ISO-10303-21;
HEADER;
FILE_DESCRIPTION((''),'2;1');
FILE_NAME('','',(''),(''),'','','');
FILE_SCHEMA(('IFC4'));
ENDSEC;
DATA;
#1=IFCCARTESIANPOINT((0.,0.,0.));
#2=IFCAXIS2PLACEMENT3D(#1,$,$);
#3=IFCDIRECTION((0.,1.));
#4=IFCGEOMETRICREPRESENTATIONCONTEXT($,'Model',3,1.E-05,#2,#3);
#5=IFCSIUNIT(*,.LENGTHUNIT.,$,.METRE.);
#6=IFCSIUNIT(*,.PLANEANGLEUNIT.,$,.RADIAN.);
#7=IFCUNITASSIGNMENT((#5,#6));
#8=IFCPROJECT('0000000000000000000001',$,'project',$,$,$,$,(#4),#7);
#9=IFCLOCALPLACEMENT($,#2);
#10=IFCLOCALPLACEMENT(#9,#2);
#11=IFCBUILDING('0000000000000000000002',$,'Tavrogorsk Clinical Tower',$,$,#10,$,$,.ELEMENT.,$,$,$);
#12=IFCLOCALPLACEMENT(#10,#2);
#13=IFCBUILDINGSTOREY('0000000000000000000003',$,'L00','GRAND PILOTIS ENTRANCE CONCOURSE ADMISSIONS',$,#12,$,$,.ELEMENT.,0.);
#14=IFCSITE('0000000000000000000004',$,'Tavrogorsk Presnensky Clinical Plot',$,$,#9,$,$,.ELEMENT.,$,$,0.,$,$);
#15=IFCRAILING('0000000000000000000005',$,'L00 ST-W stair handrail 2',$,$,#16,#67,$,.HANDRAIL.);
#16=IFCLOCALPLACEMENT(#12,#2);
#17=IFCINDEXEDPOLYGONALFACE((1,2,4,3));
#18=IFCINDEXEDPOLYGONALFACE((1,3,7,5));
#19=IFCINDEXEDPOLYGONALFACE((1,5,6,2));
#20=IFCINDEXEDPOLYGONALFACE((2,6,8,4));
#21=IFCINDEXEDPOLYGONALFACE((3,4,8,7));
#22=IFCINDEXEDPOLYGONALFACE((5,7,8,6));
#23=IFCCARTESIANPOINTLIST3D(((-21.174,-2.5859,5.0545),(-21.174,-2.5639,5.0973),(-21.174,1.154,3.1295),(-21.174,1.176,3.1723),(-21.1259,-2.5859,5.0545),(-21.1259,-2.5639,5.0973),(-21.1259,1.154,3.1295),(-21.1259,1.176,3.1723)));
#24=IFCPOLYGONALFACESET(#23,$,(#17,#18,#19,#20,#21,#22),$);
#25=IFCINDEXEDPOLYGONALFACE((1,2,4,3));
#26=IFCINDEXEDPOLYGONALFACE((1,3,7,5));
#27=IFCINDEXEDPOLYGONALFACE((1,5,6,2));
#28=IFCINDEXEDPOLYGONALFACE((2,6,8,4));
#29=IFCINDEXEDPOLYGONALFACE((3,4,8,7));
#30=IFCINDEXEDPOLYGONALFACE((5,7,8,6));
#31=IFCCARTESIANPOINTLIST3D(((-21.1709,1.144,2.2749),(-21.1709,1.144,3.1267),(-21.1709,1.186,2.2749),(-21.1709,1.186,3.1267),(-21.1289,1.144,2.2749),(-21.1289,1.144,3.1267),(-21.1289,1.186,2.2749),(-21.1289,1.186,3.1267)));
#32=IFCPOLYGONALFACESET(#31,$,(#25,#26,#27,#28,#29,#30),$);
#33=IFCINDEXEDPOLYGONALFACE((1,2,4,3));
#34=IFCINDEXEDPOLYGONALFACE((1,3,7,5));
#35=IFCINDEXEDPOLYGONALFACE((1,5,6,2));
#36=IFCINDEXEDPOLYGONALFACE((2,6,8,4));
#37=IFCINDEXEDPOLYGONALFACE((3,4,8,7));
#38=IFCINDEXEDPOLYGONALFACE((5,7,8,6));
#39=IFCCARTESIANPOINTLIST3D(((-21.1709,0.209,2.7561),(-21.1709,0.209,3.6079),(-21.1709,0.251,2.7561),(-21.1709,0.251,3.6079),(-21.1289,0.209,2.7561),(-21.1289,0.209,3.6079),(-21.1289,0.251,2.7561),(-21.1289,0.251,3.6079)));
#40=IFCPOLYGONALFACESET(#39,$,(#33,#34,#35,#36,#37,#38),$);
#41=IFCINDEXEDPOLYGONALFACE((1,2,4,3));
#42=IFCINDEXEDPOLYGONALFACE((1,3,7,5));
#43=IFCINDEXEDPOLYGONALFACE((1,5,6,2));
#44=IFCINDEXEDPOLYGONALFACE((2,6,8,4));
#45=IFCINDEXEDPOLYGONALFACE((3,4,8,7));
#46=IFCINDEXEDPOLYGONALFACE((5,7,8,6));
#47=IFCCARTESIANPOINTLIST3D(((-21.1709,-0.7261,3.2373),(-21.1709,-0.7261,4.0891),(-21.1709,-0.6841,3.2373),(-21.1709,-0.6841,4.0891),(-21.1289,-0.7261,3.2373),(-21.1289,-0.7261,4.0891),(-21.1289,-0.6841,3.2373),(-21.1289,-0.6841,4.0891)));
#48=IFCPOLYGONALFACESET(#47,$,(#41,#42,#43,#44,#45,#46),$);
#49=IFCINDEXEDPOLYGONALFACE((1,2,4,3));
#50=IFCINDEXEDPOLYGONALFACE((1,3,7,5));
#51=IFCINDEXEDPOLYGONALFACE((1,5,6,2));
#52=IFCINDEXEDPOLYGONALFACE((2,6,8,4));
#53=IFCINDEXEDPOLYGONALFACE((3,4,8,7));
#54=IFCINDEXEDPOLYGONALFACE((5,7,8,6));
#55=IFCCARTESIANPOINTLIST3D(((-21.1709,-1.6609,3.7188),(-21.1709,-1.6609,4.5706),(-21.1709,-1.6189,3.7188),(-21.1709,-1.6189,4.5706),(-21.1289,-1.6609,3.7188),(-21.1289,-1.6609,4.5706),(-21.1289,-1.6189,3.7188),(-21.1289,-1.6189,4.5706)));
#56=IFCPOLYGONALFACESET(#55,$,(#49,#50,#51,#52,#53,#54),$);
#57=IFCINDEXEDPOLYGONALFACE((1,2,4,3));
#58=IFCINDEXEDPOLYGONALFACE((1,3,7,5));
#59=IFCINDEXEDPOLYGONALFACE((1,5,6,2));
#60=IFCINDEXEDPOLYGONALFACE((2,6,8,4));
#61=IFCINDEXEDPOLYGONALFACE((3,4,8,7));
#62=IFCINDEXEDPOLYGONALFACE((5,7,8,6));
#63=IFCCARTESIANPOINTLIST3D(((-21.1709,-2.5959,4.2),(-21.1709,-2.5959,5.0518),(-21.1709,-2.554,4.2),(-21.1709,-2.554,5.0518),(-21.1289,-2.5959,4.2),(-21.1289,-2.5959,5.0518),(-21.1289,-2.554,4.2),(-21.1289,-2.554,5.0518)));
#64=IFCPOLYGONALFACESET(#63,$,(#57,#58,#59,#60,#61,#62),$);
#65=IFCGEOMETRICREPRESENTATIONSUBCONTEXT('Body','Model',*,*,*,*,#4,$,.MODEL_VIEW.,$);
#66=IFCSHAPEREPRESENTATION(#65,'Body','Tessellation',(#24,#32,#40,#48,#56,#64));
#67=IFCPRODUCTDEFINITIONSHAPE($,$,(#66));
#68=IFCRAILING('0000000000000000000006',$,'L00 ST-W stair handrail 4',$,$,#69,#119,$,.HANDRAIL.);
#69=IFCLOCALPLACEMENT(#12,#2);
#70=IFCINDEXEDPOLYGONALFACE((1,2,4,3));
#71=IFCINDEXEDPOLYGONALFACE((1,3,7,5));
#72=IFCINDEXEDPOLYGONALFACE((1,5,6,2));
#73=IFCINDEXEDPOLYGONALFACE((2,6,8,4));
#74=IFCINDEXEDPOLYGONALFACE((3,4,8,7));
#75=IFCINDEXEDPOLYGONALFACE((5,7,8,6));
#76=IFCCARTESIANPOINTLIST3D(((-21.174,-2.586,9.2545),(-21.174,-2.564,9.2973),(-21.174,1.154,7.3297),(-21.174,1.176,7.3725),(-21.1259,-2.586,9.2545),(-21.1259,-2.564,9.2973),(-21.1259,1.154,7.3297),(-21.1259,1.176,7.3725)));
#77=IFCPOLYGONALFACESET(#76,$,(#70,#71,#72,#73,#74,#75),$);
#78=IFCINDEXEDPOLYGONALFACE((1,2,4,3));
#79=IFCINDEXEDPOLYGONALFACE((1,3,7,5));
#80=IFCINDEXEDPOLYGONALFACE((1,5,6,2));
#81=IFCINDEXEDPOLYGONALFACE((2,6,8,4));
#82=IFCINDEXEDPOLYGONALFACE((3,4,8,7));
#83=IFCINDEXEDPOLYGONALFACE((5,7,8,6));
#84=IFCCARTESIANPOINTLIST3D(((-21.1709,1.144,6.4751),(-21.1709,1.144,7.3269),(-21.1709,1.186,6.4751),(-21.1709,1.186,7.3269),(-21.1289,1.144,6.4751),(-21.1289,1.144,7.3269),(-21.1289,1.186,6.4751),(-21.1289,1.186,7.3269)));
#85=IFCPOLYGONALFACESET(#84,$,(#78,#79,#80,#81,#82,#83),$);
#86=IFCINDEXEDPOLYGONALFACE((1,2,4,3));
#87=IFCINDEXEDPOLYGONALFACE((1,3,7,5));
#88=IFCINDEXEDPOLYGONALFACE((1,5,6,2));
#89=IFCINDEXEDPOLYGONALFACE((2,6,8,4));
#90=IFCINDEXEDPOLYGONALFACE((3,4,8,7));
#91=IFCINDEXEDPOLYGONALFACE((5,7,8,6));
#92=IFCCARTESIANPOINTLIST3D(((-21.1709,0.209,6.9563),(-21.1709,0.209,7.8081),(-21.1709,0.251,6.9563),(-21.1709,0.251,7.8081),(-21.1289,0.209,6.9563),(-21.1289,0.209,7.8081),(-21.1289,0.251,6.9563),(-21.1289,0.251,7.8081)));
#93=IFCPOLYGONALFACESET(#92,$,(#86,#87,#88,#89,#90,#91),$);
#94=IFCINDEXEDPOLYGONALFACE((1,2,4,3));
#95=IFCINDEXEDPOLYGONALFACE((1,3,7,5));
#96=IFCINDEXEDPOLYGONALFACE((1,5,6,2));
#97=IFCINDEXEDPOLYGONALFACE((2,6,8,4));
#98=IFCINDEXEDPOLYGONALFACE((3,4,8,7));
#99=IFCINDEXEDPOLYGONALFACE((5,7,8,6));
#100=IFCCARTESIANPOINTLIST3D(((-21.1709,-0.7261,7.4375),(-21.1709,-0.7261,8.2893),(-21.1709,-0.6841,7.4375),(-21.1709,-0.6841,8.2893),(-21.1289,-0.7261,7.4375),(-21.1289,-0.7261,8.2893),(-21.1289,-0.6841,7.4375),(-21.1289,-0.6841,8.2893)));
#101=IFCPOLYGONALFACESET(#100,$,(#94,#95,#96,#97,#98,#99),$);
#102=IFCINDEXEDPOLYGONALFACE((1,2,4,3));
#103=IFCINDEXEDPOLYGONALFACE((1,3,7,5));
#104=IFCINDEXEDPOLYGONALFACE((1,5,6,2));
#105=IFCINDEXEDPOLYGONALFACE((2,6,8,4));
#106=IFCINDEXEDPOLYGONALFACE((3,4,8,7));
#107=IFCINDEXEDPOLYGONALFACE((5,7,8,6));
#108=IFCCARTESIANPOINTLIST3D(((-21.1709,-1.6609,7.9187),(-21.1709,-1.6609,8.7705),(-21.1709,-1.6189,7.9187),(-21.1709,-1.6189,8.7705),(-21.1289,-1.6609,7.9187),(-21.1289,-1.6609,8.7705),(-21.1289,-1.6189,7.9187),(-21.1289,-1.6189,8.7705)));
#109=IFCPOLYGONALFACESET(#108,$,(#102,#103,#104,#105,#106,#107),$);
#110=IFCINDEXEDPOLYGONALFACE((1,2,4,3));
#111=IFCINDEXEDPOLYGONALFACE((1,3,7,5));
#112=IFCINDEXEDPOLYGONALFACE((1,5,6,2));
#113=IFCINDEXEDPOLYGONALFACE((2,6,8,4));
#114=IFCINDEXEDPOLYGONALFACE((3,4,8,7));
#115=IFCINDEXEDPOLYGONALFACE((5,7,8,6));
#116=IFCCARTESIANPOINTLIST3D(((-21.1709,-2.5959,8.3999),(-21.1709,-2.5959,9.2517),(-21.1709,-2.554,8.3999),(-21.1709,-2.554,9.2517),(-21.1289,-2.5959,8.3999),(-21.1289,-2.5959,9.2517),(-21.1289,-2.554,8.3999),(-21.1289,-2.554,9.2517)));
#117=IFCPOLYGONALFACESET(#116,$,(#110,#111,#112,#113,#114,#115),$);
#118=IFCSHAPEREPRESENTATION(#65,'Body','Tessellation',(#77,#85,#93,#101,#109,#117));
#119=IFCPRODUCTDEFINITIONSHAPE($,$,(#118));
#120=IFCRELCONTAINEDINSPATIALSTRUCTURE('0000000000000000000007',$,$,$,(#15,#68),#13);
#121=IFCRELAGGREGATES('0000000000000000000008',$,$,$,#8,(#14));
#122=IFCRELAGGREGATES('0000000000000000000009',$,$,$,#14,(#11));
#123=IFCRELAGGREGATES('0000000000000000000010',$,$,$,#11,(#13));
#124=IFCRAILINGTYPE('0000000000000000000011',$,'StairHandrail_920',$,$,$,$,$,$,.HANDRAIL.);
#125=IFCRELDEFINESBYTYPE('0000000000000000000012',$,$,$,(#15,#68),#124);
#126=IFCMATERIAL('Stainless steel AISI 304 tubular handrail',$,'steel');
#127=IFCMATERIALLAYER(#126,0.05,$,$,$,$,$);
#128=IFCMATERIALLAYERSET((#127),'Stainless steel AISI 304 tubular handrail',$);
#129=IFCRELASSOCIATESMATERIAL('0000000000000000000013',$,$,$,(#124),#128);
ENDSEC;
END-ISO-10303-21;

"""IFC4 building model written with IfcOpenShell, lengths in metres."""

from ifc_helpers import new_model, si_unit, direction, frame, origin, origin_2d, place, context, subcontext, project, spatial, rectangle, extrude, material, layer, layer_set, type_object, element, save


model = new_model("IFC4")

# Units and contexts
model_context = context("Model", 3, precision=1e-05, world=origin(), true_north=direction((0.0, 1.0)))
body_context = subcontext(model_context, "Body", "Model", "MODEL_VIEW")
ifc_project = project(units=[si_unit("LENGTHUNIT", "METRE"), si_unit("PLANEANGLEUNIT", "RADIAN")], contexts=[model_context])

# Site, building, storey
site_placement = place(None, origin())
site = spatial("IfcSite", under=ifc_project, at=site_placement, Name="Tavrogorsk Presnensky Clinical Plot", CompositionType="ELEMENT", RefElevation=0.0)
building_placement = place(site_placement, origin())
building = spatial("IfcBuilding", under=site, at=building_placement, Name="Tavrogorsk Clinical Tower", CompositionType="ELEMENT")
storey_placement = place(building_placement, origin())
storey = spatial("IfcBuildingStorey", under=building, at=storey_placement, Name="L00", Description="GRAND PILOTIS ENTRANCE CONCOURSE ADMISSIONS", CompositionType="ELEMENT", Elevation=0.0)

# Railings
ifc_material_1 = material(Name="Stainless steel AISI 304 tubular handrail", Category="steel")
ifc_layer_1 = layer(ifc_material_1, 0.05)
ifc_layer_set_1 = layer_set([ifc_layer_1], Name="Stainless steel AISI 304 tubular handrail")
railing_type = type_object("IfcRailingType", Name="StairHandrail_920", PredefinedType="HANDRAIL", material=ifc_layer_set_1)
railing_1_placement = place(storey_placement, frame((-21.1499, 1.165, 2.2749)))
element("IfcRailing", 1, at=railing_1_placement, inside=storey, type_object=railing_type, Name="L00 ST-W stair handrail 2", PredefinedType="HANDRAIL", context=body_context, shape_type="SweptSolid", body=[
    extrude(rectangle(XDim=0.0481, YDim=0.0481, at=origin_2d()), frame((0.0, 0.0, 0.876), z_axis=(0.0, -0.889131, 0.457654), x_axis=(1.0, 0.0, 0.0)), (0.0, 0.0, 1.0), 4.2063),
    extrude(rectangle(XDim=0.042, YDim=0.042, at=origin_2d()), origin(), (0.0, 0.0, 1.0), 0.8518),
    extrude(rectangle(XDim=0.042, YDim=0.042, at=origin_2d()), frame((0.0, -0.9351, 0.4812)), (0.0, 0.0, 1.0), 0.8518),
    extrude(rectangle(XDim=0.042, YDim=0.042, at=origin_2d()), frame((0.0, -1.8701, 0.9624)), (0.0, 0.0, 1.0), 0.8518),
    extrude(rectangle(XDim=0.042, YDim=0.042, at=origin_2d()), frame((0.0, -2.8049, 1.4438)), (0.0, 0.0, 1.0), 0.8518),
    extrude(rectangle(XDim=0.042, YDim=0.042, at=origin_2d()), frame((0.0, -3.74, 1.925)), (0.0, 0.0, 1.0), 0.8518),
])
railing_2_placement = place(storey_placement, frame((-21.1499, 1.165, 6.4751)))
element("IfcRailing", 2, at=railing_2_placement, inside=storey, type_object=railing_type, Name="L00 ST-W stair handrail 4", PredefinedType="HANDRAIL", context=body_context, shape_type="SweptSolid", body=[
    extrude(rectangle(XDim=0.0481, YDim=0.0481, at=origin_2d()), frame((0.0, 0.0, 0.876), z_axis=(0.0, -0.889154, 0.457608), x_axis=(1.0, 0.0, 0.0)), (0.0, 0.0, 1.0), 4.2063),
    extrude(rectangle(XDim=0.042, YDim=0.042, at=origin_2d()), origin(), (0.0, 0.0, 1.0), 0.8518),
    extrude(rectangle(XDim=0.042, YDim=0.042, at=origin_2d()), frame((0.0, -0.9351, 0.4812)), (0.0, 0.0, 1.0), 0.8518),
    extrude(rectangle(XDim=0.042, YDim=0.042, at=origin_2d()), frame((0.0, -1.8701, 0.9624)), (0.0, 0.0, 1.0), 0.8518),
    extrude(rectangle(XDim=0.042, YDim=0.042, at=origin_2d()), frame((0.0, -2.8049, 1.4436)), (0.0, 0.0, 1.0), 0.8518),
    extrude(rectangle(XDim=0.042, YDim=0.042, at=origin_2d()), frame((0.0, -3.74, 1.9248)), (0.0, 0.0, 1.0), 0.8518),
])

save(model, "model.ifc")
